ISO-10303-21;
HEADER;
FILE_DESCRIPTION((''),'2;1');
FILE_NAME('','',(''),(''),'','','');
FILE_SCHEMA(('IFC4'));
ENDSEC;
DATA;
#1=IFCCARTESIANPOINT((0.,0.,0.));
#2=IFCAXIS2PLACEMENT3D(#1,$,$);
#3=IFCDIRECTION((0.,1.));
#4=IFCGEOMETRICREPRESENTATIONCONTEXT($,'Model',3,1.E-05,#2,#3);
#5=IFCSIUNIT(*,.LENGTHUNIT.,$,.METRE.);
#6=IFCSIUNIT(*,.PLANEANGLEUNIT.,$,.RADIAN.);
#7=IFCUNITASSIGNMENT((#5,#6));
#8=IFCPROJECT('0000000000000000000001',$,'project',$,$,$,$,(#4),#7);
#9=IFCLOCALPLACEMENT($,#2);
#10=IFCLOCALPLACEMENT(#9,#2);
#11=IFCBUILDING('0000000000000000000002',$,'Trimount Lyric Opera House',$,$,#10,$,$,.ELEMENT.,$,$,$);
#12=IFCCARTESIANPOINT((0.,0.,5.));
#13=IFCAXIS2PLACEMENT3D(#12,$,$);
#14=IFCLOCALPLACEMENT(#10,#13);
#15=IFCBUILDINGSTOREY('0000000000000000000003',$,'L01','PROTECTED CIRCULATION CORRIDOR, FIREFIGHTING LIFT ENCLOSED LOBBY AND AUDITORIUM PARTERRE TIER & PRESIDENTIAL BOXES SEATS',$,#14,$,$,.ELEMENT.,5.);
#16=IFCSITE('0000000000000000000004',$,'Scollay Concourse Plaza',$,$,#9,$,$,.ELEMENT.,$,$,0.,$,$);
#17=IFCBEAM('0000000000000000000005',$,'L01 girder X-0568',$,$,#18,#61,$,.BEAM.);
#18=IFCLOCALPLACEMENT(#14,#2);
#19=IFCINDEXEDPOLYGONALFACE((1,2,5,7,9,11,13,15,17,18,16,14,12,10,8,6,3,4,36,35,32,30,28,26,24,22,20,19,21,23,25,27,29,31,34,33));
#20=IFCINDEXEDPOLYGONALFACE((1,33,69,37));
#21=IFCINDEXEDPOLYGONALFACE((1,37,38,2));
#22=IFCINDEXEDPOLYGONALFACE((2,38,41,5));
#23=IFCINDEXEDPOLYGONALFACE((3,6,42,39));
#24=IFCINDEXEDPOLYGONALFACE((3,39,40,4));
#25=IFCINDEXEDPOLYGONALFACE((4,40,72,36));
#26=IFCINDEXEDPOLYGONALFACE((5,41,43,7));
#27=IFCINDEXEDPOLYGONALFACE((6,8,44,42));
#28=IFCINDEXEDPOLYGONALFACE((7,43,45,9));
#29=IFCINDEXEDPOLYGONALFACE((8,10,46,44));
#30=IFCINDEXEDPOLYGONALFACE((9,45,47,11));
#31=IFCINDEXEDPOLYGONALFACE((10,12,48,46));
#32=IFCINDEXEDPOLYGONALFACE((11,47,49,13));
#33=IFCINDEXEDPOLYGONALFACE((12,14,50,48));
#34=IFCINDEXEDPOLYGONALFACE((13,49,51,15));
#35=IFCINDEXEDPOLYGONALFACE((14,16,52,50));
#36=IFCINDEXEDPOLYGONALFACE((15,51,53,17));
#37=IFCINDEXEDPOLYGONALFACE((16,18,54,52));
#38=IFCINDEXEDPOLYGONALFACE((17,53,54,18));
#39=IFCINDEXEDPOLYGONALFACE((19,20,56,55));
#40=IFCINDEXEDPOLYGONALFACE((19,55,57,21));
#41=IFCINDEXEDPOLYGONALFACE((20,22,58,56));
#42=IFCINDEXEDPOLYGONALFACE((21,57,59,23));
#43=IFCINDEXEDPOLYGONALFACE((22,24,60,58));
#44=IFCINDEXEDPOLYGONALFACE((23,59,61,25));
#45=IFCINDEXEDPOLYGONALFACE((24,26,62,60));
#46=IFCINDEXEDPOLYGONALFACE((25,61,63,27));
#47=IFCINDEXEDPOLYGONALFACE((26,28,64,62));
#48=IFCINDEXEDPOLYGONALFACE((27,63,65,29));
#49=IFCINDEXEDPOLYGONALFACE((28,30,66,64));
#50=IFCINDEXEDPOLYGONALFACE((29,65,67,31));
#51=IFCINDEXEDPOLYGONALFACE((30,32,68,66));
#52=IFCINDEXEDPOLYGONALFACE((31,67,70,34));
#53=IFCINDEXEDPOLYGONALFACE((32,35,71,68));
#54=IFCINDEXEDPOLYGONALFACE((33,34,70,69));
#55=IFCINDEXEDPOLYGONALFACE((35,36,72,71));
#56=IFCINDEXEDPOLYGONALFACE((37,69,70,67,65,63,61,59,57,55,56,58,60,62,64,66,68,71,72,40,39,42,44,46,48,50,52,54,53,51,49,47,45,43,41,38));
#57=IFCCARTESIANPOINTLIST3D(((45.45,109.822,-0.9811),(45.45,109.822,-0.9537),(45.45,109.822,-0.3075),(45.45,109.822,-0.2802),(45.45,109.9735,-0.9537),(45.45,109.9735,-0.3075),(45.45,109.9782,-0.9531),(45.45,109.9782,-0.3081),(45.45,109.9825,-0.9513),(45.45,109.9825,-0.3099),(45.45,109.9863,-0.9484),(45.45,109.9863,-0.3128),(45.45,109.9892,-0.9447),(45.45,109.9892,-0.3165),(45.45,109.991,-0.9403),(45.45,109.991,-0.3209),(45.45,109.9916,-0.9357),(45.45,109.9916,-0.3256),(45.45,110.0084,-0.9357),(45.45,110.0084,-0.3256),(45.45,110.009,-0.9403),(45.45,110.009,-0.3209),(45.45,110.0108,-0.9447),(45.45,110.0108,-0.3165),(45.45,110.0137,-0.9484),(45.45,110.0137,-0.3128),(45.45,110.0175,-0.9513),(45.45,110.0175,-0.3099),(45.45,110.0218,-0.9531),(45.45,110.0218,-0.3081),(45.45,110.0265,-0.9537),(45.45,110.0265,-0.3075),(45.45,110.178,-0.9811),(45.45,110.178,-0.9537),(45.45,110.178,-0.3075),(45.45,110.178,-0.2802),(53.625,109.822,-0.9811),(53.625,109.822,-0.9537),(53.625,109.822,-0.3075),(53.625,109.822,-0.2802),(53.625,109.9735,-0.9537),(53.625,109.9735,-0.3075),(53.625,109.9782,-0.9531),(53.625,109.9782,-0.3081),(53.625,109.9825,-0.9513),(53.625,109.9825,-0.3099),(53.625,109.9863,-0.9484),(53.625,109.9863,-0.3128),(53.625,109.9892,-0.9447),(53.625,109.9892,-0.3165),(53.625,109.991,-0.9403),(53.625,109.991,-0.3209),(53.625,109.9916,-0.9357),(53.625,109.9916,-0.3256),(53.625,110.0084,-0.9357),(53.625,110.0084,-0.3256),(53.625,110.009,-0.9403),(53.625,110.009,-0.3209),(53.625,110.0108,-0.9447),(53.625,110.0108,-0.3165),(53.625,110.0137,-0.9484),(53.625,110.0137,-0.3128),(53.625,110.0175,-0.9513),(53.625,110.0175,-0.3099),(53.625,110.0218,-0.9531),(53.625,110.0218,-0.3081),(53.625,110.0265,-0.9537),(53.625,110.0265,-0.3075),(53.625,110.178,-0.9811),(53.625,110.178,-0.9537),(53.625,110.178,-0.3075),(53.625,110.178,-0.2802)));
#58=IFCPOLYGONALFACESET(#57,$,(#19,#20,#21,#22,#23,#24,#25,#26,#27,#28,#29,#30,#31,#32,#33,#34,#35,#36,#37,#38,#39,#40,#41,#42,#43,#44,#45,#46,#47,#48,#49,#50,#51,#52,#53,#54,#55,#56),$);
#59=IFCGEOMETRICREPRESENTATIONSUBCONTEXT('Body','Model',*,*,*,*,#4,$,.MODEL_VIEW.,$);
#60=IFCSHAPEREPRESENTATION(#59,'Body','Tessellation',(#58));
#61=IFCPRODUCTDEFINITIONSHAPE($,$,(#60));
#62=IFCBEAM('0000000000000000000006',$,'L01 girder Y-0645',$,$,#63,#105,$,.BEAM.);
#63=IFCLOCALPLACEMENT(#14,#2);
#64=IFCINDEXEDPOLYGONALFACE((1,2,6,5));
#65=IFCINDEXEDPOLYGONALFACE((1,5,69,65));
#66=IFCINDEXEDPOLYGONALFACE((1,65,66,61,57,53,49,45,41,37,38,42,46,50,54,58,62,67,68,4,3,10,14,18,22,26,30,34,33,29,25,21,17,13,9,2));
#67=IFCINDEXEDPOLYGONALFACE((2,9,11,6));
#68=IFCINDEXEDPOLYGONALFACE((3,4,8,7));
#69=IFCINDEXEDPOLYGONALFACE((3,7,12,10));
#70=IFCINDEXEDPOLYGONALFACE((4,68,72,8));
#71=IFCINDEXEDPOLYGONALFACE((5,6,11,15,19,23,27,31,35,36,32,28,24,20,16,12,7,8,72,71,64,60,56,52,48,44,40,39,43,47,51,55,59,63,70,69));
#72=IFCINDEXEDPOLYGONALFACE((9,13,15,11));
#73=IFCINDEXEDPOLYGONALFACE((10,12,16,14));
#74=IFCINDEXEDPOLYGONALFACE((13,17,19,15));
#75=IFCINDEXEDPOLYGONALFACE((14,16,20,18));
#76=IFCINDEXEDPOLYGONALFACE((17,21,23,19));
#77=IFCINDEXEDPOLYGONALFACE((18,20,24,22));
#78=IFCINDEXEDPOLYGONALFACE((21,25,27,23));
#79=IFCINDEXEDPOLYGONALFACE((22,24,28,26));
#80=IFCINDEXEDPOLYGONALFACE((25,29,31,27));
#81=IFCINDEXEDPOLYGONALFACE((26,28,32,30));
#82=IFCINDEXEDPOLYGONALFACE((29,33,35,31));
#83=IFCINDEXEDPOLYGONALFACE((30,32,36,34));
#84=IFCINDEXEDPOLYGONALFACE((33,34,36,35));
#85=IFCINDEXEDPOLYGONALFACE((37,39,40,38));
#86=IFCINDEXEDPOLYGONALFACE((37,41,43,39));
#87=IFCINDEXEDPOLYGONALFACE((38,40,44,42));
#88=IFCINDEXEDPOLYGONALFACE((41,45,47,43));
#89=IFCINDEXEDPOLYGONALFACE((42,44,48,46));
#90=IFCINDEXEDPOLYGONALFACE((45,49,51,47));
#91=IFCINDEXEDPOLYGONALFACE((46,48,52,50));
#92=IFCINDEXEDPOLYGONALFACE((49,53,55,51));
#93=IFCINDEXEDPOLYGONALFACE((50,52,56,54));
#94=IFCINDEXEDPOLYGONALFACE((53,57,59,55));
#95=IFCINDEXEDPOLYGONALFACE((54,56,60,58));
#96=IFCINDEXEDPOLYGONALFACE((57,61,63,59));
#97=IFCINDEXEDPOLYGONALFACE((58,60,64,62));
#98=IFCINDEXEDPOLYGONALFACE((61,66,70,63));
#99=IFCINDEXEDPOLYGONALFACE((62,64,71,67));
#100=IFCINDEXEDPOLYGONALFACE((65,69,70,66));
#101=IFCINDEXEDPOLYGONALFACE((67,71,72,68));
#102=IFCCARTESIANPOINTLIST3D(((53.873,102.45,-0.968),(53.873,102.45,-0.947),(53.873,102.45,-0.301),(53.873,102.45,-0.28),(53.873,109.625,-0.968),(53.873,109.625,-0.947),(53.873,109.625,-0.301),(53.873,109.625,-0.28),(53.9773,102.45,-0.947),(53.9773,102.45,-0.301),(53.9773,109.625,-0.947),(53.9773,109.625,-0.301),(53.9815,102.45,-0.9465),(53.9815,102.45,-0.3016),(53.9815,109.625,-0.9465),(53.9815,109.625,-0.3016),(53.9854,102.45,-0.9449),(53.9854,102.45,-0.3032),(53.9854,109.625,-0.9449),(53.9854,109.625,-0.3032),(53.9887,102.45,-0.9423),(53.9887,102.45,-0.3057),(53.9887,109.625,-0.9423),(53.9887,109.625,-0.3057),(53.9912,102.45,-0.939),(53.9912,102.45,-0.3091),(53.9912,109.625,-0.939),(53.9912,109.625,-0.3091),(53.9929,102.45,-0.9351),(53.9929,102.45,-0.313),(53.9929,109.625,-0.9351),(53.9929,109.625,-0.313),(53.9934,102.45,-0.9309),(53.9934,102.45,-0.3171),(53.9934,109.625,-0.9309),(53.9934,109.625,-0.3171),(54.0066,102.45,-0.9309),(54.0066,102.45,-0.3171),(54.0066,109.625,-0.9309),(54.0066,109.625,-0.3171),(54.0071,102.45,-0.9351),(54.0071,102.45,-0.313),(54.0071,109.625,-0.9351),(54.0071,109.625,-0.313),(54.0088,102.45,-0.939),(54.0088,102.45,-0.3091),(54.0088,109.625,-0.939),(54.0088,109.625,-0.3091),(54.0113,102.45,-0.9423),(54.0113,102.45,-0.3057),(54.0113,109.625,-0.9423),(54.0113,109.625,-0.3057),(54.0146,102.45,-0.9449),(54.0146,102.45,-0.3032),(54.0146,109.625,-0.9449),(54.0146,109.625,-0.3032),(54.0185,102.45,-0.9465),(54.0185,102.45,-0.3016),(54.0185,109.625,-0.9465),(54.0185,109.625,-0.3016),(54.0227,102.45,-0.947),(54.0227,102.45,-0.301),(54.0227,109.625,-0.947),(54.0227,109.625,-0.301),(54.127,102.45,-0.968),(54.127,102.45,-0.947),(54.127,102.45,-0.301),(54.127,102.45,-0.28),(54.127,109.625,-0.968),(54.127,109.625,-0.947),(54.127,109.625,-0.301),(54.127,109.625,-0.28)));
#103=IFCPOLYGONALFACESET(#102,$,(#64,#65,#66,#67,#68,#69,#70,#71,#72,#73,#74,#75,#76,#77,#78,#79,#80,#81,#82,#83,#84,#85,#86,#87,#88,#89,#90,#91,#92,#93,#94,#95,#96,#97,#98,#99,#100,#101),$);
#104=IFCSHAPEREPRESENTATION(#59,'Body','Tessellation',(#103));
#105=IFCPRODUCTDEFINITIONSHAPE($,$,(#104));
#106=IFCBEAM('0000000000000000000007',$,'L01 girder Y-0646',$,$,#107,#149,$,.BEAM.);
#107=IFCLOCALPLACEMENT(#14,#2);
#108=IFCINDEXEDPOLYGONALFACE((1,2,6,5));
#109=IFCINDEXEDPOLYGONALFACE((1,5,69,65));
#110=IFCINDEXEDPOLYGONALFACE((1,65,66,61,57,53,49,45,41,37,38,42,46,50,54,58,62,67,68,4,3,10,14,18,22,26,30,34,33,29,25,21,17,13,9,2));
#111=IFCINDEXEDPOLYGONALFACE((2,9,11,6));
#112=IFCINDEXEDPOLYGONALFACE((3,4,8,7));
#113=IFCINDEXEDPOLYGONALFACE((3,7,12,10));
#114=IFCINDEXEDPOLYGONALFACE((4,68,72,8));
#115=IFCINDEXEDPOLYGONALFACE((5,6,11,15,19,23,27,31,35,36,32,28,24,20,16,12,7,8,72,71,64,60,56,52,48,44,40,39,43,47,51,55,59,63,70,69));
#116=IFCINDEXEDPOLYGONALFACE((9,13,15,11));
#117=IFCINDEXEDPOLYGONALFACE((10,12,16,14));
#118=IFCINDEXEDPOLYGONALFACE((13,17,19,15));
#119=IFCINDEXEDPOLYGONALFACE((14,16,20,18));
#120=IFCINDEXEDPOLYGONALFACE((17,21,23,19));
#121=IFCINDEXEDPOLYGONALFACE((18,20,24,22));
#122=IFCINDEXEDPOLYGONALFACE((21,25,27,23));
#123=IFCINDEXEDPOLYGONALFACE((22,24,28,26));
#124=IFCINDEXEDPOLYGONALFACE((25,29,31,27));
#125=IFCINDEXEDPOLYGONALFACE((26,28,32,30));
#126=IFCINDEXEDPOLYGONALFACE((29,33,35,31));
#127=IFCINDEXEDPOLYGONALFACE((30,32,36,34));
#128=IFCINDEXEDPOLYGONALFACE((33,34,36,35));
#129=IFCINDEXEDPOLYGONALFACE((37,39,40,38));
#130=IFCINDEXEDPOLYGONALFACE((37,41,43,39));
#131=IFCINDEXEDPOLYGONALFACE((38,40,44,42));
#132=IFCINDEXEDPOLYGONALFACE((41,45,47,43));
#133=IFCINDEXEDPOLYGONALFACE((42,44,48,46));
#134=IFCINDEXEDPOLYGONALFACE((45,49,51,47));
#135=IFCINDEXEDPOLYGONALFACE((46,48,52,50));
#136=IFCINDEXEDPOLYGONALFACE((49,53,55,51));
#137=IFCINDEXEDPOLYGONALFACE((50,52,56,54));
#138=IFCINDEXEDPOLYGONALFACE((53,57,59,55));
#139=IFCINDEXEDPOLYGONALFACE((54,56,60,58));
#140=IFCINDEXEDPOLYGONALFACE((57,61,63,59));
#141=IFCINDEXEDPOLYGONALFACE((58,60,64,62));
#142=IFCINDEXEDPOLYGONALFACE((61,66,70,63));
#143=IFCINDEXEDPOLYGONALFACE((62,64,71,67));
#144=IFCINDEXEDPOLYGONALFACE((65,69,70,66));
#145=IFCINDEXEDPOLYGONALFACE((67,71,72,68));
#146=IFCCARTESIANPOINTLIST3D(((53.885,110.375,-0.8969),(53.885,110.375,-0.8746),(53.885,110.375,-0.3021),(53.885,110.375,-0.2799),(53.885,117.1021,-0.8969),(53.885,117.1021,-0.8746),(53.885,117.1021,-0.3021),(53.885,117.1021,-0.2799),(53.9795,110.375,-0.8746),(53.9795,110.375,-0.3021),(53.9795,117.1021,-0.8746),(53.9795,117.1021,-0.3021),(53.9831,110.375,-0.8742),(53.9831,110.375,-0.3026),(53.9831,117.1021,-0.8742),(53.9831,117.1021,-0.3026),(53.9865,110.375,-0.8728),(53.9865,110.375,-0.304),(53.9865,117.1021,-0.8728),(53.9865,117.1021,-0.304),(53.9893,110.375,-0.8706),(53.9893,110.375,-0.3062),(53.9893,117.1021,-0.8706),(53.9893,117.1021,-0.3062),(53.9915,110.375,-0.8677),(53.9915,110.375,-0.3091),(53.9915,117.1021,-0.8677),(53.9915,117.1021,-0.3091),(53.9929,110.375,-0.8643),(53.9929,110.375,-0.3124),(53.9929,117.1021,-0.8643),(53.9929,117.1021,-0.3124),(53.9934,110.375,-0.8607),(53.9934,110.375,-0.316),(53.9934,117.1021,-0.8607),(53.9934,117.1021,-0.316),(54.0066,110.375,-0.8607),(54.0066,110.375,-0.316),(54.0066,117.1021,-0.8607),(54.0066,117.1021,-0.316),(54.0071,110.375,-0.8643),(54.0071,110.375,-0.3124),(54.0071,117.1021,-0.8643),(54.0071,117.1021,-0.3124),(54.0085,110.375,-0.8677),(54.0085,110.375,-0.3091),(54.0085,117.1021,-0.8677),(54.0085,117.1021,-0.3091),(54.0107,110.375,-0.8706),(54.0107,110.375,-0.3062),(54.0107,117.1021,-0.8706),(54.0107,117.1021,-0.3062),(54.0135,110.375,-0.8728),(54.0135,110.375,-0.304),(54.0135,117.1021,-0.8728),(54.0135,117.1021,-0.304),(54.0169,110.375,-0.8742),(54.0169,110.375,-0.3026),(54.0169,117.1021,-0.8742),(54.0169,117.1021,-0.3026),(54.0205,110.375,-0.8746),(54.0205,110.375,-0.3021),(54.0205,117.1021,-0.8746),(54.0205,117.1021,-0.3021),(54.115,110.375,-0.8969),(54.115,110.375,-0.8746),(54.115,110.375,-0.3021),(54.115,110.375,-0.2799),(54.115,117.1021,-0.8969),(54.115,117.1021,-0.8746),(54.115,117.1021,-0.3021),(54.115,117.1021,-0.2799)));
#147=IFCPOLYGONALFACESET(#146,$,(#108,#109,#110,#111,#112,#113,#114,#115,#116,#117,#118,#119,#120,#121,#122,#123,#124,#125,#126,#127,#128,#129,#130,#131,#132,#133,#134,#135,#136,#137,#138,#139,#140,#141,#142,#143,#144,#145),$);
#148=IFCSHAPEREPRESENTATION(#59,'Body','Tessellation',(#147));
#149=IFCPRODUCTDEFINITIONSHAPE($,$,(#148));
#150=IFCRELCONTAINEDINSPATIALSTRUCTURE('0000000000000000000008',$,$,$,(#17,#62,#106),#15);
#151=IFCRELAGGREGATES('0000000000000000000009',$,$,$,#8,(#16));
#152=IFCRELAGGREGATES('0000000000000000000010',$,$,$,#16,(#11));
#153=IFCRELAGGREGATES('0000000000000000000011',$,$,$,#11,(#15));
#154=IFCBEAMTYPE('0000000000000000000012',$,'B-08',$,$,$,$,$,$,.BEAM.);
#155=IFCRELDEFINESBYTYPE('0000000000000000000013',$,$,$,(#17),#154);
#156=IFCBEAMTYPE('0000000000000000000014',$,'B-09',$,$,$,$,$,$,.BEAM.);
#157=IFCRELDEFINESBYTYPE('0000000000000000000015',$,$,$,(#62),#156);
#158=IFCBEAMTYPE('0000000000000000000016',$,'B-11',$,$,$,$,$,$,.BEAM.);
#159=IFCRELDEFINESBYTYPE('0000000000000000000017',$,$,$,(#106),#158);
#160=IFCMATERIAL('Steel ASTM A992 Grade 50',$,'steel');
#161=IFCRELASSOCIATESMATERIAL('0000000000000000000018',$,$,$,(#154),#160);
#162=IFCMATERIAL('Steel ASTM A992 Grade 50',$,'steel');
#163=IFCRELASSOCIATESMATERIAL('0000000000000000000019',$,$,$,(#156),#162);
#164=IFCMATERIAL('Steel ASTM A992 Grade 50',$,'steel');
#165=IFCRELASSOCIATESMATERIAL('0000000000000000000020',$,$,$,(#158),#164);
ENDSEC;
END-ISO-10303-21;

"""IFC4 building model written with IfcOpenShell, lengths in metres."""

from ifc_helpers import new_model, si_unit, direction, frame, origin, origin_2d, place, context, subcontext, project, spatial, i_section, extrude, material, material_profile, profile_set, type_object, element, save


model = new_model("IFC4")

# Units and contexts
model_context = context("Model", 3, precision=1e-05, world=origin(), true_north=direction((0.0, 1.0)))
body_context = subcontext(model_context, "Body", "Model", "MODEL_VIEW")
ifc_project = project(units=[si_unit("LENGTHUNIT", "METRE"), si_unit("PLANEANGLEUNIT", "RADIAN")], contexts=[model_context])

# Site, building, storey
site_placement = place(None, origin())
site = spatial("IfcSite", under=ifc_project, at=site_placement, Name="Scollay Concourse Plaza", CompositionType="ELEMENT", RefElevation=0.0)
building_placement = place(site_placement, origin())
building = spatial("IfcBuilding", under=site, at=building_placement, Name="Trimount Lyric Opera House", CompositionType="ELEMENT")
storey_placement = place(building_placement, frame((0.0, 0.0, 5.0)))
storey = spatial("IfcBuildingStorey", under=building, at=storey_placement, Name="L01", Description="PROTECTED CIRCULATION CORRIDOR, FIREFIGHTING LIFT ENCLOSED LOBBY AND AUDITORIUM PARTERRE TIER & PRESIDENTIAL BOXES SEATS", CompositionType="ELEMENT", Elevation=5.0)

# Beams
ifc_material_1 = material(Name="Steel ASTM A992 Grade 50", Category="steel")
ifc_material_profile_1 = material_profile(ifc_material_1, i_section(OverallWidth=0.356, OverallDepth=0.7009, WebThickness=0.0168, FlangeThickness=0.0273, FilletRadius=0.0181, at=origin_2d()), Name="W27X161")
ifc_profile_set_1 = profile_set([ifc_material_profile_1], Name="Steel ASTM A992 Grade 50")
beam_type_1 = type_object("IfcBeamType", Name="B-08", PredefinedType="BEAM", material=ifc_profile_set_1)
beam_1_placement = place(storey_placement, frame((45.45, 110.0, -0.6306), z_axis=(1.0, 0.0, 0.0), x_axis=(0.0, 1.0, 0.0)))
element("IfcBeam", 1, at=beam_1_placement, inside=storey, type_object=beam_type_1, Name="L01 girder X-0568", PredefinedType="BEAM", context=body_context, shape_type="SweptSolid", body=[
    extrude(i_section(OverallWidth=0.356, OverallDepth=0.7009, WebThickness=0.0168, FlangeThickness=0.0273, FilletRadius=0.0181, at=origin_2d()), origin(), (0.0, 0.0, 1.0), 8.175),
])
ifc_material_2 = material(Name="Steel ASTM A992 Grade 50", Category="steel")
ifc_material_profile_2 = material_profile(ifc_material_2, i_section(OverallWidth=0.2539, OverallDepth=0.688, WebThickness=0.0132, FlangeThickness=0.021, FilletRadius=0.0161, at=origin_2d()), Name="W27X102")
ifc_profile_set_2 = profile_set([ifc_material_profile_2], Name="Steel ASTM A992 Grade 50")
beam_type_2 = type_object("IfcBeamType", Name="B-09", PredefinedType="BEAM", material=ifc_profile_set_2)
beam_2_placement = place(storey_placement, frame((54.0, 102.45, -0.624), z_axis=(0.0, 1.0, 0.0), x_axis=(-1.0, 0.0, 0.0)))
element("IfcBeam", 2, at=beam_2_placement, inside=storey, type_object=beam_type_2, Name="L01 girder Y-0645", PredefinedType="BEAM", context=body_context, shape_type="SweptSolid", body=[
    extrude(i_section(OverallWidth=0.2539, OverallDepth=0.688, WebThickness=0.0132, FlangeThickness=0.021, FilletRadius=0.0161, at=origin_2d()), origin(), (0.0, 0.0, 1.0), 7.175),
])
ifc_material_3 = material(Name="Steel ASTM A992 Grade 50", Category="steel")
ifc_material_profile_3 = material_profile(ifc_material_3, i_section(OverallWidth=0.23, OverallDepth=0.6169, WebThickness=0.0132, FlangeThickness=0.0222, FilletRadius=0.0139, at=origin_2d()), Name="W24X94")
ifc_profile_set_3 = profile_set([ifc_material_profile_3], Name="Steel ASTM A992 Grade 50")
beam_type_3 = type_object("IfcBeamType", Name="B-11", PredefinedType="BEAM", material=ifc_profile_set_3)
beam_3_placement = place(storey_placement, frame((54.0, 110.375, -0.5884), z_axis=(0.0, 1.0, 0.0), x_axis=(-1.0, 0.0, 0.0)))
element("IfcBeam", 3, at=beam_3_placement, inside=storey, type_object=beam_type_3, Name="L01 girder Y-0646", PredefinedType="BEAM", context=body_context, shape_type="SweptSolid", body=[
    extrude(i_section(OverallWidth=0.23, OverallDepth=0.6169, WebThickness=0.0132, FlangeThickness=0.0222, FilletRadius=0.0139, at=origin_2d()), origin(), (0.0, 0.0, 1.0), 6.7271),
])

save(model, "model.ifc")
